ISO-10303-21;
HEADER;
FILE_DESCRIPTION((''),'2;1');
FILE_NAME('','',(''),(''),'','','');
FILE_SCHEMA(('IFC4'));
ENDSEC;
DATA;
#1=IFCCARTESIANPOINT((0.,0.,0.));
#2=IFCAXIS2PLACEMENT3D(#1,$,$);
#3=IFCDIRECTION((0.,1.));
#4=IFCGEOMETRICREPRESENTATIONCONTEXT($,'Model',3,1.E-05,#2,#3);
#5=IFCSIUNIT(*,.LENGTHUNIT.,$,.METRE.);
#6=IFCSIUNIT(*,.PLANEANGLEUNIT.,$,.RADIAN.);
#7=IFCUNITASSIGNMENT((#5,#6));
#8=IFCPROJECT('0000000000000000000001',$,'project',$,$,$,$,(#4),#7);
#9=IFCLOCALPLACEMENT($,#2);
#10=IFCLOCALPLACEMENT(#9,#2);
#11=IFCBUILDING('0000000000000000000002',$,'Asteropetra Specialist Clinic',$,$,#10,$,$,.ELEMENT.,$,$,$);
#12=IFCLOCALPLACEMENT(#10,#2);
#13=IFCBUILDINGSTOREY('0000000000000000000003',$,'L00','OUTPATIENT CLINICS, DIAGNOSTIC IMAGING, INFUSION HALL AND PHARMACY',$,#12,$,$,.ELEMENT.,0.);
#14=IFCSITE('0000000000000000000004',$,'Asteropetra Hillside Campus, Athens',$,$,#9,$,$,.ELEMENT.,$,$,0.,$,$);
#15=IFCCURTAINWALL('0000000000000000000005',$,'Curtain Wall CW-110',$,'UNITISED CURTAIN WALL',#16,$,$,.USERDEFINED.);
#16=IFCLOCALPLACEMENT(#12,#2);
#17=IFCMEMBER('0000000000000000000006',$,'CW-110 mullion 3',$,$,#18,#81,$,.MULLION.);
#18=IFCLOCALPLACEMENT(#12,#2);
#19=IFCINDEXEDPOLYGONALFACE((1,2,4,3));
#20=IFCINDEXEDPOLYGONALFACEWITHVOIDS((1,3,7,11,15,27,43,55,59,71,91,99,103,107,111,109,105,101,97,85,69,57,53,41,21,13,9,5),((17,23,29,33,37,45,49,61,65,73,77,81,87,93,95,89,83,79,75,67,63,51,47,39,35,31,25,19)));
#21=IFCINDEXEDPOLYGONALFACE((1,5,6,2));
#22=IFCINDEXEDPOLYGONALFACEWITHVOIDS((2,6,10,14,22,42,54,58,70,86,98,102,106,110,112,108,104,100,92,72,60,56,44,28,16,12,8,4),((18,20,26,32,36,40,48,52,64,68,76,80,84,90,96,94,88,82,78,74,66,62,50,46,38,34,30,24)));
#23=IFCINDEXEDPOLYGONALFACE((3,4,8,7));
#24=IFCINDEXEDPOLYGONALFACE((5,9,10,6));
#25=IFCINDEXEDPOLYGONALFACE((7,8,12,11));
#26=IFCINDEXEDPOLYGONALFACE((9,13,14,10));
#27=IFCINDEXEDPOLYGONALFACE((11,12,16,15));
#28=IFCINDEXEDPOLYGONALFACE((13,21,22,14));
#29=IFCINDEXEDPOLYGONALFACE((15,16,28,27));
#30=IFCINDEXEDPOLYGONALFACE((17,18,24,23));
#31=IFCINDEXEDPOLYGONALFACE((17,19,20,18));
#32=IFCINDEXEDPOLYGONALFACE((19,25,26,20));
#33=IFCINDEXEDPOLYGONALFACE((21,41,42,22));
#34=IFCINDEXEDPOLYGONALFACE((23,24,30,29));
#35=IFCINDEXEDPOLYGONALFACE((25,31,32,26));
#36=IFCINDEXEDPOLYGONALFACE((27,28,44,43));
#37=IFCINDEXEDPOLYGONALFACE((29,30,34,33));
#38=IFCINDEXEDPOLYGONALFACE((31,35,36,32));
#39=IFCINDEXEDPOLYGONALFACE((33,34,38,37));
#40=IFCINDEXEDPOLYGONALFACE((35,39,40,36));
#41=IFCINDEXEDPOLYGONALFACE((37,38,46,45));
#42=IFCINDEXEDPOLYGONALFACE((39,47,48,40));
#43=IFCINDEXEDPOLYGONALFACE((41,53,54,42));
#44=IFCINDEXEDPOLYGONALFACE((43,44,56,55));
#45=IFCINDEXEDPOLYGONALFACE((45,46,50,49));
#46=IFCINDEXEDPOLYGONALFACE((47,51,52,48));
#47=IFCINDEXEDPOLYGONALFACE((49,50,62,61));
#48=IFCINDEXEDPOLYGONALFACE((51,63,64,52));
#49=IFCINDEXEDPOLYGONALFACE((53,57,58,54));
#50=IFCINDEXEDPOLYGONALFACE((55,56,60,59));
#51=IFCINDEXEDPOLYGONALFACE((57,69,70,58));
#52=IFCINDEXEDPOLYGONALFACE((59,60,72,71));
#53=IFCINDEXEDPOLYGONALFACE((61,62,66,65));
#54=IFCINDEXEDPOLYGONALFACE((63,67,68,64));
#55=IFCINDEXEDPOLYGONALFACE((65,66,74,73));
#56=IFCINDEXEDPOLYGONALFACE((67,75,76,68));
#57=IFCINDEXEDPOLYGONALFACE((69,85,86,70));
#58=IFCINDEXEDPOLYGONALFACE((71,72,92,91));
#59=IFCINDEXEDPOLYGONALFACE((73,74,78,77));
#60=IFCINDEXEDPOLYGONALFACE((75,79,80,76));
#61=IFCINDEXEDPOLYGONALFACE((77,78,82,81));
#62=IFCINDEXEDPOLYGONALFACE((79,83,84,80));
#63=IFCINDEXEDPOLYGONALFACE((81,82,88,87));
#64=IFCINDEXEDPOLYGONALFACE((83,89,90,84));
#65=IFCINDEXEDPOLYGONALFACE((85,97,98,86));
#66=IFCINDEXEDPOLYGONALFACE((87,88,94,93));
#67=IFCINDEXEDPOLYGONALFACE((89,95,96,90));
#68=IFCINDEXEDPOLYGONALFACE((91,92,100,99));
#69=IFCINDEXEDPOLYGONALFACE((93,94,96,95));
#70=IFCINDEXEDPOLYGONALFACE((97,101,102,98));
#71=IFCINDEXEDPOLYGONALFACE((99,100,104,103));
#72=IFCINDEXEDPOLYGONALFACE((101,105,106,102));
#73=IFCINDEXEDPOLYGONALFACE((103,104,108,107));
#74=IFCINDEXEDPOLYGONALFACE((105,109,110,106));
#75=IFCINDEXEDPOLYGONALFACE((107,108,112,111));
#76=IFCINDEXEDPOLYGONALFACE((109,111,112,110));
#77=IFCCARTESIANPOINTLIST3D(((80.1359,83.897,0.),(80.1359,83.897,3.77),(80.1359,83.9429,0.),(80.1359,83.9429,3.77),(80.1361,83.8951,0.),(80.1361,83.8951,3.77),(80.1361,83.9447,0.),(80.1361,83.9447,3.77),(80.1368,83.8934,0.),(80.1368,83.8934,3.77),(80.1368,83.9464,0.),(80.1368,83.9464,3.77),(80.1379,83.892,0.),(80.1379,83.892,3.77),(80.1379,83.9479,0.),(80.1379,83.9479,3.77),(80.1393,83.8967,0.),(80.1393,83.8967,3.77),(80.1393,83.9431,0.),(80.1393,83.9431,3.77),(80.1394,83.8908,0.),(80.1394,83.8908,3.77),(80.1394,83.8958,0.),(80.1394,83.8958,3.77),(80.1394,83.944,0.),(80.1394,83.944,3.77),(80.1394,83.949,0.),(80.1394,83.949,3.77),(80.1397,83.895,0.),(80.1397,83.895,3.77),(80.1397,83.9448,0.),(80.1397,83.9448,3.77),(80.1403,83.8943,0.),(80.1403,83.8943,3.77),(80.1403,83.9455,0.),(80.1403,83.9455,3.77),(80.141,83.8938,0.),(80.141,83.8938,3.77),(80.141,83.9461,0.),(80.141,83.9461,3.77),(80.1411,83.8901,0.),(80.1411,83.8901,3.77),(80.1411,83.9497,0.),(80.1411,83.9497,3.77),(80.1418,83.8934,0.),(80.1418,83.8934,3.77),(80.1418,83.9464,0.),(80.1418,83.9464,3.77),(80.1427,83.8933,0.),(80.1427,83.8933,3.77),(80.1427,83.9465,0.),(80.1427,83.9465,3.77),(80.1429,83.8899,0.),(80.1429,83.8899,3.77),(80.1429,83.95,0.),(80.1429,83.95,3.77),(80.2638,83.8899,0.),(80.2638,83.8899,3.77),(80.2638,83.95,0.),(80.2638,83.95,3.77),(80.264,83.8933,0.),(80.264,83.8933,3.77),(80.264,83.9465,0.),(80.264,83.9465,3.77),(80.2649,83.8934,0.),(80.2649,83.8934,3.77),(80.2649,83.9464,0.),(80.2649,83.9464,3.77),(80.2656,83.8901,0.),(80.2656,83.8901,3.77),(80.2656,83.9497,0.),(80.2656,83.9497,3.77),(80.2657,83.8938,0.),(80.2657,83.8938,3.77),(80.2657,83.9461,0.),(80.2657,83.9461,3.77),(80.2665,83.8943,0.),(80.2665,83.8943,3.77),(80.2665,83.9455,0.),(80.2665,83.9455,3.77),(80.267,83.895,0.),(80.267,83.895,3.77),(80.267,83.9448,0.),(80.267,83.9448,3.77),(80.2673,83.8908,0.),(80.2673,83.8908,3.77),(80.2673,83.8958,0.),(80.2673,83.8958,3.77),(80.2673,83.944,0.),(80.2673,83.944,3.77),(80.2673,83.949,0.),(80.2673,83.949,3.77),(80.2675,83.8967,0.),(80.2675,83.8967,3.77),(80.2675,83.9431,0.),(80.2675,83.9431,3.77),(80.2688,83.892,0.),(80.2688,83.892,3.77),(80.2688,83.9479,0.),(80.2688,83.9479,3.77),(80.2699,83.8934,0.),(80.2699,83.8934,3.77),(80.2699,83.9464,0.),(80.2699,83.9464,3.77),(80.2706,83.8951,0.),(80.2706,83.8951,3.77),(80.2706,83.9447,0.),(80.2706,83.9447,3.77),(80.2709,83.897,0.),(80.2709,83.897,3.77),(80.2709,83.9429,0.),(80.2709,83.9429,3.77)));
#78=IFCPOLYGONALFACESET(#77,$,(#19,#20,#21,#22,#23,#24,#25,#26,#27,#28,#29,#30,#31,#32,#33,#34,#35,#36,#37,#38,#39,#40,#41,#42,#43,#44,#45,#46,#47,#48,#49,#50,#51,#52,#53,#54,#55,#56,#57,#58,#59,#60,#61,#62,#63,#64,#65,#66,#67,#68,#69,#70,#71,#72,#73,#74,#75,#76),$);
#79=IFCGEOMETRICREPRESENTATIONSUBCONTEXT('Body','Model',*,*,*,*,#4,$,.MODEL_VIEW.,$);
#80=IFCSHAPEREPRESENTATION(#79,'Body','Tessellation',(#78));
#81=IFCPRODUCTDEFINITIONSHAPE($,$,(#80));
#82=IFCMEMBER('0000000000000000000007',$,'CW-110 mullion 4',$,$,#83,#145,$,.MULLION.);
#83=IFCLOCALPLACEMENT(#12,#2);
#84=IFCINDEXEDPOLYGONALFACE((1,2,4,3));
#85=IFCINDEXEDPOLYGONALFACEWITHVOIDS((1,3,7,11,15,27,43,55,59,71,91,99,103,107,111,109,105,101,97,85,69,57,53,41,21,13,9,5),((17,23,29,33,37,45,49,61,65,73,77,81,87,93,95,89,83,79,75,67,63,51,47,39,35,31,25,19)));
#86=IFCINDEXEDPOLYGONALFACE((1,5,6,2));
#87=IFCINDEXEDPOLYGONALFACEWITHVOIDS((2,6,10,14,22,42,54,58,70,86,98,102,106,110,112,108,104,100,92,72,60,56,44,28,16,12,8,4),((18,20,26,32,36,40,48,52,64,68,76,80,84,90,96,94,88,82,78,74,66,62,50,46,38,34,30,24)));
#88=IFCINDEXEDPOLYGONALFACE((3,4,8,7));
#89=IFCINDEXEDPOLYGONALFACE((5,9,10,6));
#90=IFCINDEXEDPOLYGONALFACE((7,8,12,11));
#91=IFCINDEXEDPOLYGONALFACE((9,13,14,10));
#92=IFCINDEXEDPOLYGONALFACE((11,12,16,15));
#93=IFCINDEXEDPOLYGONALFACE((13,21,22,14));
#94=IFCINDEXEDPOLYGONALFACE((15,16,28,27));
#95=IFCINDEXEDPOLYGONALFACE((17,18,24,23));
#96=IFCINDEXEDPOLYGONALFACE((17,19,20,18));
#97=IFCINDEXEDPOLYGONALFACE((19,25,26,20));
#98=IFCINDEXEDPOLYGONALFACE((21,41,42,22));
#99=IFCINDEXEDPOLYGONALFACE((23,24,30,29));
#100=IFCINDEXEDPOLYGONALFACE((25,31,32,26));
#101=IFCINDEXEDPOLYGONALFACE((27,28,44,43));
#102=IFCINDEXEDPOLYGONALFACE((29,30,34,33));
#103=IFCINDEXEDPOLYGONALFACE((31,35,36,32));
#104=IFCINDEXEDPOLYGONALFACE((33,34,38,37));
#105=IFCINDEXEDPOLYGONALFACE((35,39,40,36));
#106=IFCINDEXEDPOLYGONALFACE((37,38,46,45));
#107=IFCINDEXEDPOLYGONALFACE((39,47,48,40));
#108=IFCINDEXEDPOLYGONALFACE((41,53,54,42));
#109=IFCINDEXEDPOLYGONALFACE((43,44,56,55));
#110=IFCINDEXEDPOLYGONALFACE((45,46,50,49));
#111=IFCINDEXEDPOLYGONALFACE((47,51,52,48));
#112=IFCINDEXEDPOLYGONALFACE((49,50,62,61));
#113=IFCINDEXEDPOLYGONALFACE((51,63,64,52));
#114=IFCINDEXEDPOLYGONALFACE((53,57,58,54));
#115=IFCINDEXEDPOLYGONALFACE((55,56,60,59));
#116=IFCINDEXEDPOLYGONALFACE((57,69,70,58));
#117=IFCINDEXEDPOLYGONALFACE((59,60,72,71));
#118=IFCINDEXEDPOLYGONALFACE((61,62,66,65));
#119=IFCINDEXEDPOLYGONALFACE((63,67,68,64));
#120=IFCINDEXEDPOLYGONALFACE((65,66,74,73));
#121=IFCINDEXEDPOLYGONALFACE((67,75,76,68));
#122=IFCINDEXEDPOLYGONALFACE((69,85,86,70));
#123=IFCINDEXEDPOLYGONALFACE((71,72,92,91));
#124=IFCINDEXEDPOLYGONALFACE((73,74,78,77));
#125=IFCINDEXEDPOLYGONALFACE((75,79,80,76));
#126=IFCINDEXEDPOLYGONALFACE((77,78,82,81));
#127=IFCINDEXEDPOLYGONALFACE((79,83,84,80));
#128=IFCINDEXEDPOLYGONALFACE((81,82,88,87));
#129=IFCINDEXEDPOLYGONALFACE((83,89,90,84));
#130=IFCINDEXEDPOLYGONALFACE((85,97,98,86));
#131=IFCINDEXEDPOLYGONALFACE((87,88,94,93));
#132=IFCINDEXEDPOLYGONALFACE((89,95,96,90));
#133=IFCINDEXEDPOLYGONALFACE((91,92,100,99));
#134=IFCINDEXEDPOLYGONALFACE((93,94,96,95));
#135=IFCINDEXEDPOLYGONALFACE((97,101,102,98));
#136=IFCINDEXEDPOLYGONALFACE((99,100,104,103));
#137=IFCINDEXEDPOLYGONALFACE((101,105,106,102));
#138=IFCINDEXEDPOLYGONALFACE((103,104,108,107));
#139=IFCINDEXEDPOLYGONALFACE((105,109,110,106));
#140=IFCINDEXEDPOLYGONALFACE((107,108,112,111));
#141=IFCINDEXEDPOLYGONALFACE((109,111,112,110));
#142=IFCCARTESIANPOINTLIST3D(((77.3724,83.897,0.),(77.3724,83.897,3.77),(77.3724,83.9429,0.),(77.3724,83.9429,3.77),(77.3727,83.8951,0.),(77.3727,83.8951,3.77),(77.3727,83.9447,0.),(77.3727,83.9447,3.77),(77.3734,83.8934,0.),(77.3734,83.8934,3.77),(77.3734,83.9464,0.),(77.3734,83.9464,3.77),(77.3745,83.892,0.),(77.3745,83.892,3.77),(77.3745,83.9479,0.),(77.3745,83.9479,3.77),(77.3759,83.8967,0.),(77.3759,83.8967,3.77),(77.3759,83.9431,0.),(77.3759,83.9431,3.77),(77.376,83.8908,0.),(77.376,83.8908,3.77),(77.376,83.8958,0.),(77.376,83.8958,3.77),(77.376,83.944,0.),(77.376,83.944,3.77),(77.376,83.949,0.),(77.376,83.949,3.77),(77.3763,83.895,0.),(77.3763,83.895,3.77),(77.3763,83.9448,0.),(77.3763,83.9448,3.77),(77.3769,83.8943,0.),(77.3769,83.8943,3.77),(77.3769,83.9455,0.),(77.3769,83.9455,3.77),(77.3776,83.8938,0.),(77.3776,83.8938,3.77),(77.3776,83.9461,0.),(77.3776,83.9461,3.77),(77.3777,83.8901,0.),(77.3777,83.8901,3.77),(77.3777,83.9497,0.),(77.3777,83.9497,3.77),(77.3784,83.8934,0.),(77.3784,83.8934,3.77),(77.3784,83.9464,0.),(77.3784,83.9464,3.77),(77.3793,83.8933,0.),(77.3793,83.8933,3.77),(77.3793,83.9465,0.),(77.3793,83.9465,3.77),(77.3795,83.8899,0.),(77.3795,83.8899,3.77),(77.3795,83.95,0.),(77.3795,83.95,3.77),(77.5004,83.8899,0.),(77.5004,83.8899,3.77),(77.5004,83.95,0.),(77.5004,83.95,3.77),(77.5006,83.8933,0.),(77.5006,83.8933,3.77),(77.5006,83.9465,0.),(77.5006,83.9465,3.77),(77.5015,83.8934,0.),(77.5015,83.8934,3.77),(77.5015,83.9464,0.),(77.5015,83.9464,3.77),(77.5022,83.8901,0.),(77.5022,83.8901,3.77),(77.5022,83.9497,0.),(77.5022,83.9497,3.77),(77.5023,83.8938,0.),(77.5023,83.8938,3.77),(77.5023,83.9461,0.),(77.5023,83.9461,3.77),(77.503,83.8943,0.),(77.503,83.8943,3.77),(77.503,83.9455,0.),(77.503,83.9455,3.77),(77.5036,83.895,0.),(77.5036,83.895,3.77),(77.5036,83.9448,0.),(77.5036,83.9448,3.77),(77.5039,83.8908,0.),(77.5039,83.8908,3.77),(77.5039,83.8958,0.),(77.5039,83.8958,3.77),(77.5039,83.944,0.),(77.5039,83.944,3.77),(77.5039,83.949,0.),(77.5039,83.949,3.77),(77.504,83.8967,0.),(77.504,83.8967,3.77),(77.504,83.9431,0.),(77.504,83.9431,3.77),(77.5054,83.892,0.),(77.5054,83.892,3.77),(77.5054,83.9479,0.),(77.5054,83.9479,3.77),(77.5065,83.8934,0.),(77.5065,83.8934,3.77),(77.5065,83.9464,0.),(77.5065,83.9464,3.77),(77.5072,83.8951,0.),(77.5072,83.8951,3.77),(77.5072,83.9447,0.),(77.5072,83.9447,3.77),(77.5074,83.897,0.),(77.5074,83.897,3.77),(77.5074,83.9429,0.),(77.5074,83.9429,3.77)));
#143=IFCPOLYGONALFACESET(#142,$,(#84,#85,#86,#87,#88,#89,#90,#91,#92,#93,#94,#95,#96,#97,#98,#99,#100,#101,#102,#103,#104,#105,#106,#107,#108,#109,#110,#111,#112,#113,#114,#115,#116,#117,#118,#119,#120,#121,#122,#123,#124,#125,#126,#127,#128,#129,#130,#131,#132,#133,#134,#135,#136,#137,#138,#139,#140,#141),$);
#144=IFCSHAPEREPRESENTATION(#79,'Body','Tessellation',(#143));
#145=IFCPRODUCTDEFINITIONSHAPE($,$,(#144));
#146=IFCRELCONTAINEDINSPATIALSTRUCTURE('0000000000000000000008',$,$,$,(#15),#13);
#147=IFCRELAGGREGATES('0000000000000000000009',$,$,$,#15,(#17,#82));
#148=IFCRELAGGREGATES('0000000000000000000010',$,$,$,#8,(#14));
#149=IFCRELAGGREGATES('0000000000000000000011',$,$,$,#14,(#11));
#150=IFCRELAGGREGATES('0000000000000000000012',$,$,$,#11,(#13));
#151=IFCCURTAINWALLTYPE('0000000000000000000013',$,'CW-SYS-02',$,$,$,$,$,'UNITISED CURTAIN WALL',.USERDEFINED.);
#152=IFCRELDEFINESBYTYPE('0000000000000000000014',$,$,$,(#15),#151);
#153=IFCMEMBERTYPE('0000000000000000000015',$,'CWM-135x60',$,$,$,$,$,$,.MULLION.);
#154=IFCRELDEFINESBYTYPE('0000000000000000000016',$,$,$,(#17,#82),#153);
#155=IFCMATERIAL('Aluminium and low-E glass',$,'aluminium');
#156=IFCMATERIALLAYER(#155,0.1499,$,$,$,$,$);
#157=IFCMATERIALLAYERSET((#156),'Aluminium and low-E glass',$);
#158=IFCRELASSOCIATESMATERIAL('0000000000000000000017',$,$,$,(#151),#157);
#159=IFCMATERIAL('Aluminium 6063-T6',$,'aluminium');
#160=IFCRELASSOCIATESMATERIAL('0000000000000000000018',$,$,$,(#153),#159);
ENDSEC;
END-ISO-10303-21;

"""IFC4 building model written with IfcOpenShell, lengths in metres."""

from ifc_helpers import new_model, si_unit, direction, frame, origin, origin_2d, place, context, subcontext, project, spatial, hollow_rectangle, extrude, material, layer, layer_set, material_profile, profile_set, type_object, element, aggregate, save


model = new_model("IFC4")

# Units and contexts
model_context = context("Model", 3, precision=1e-05, world=origin(), true_north=direction((0.0, 1.0)))
body_context = subcontext(model_context, "Body", "Model", "MODEL_VIEW")
ifc_project = project(units=[si_unit("LENGTHUNIT", "METRE"), si_unit("PLANEANGLEUNIT", "RADIAN")], contexts=[model_context])

# Site, building, storey
site_placement = place(None, origin())
site = spatial("IfcSite", under=ifc_project, at=site_placement, Name="Asteropetra Hillside Campus, Athens", CompositionType="ELEMENT", RefElevation=0.0)
building_placement = place(site_placement, origin())
building = spatial("IfcBuilding", under=site, at=building_placement, Name="Asteropetra Specialist Clinic", CompositionType="ELEMENT")
storey_placement = place(building_placement, origin())
storey = spatial("IfcBuildingStorey", under=building, at=storey_placement, Name="L00", Description="OUTPATIENT CLINICS, DIAGNOSTIC IMAGING, INFUSION HALL AND PHARMACY", CompositionType="ELEMENT", Elevation=0.0)

# Curtain wall, members
ifc_material_1 = material(Name="Aluminium and low-E glass", Category="aluminium")
ifc_layer_1 = layer(ifc_material_1, 0.1499)
ifc_layer_set_1 = layer_set([ifc_layer_1], Name="Aluminium and low-E glass")
curtain_wall_type_1 = type_object("IfcCurtainWallType", Name="CW-SYS-02", ElementType="UNITISED CURTAIN WALL", PredefinedType="USERDEFINED", material=ifc_layer_set_1)
curtain_wall_1_placement = place(storey_placement, origin())
curtain_wall_1 = element("IfcCurtainWall", 1, at=curtain_wall_1_placement, inside=storey, type_object=curtain_wall_type_1, Name="Curtain Wall CW-110", ObjectType="UNITISED CURTAIN WALL", PredefinedType="USERDEFINED")
ifc_material_2 = material(Name="Aluminium 6063-T6", Category="aluminium")
ifc_material_profile_1 = material_profile(ifc_material_2, hollow_rectangle(XDim=0.0601, YDim=0.135, WallThickness=0.0034, InnerFilletRadius=0.0034, OuterFilletRadius=0.0071, at=origin_2d()), Name="MUL 135x60x3.5")
ifc_profile_set_1 = profile_set([ifc_material_profile_1], Name="Aluminium 6063-T6")
member_type_1 = type_object("IfcMemberType", Name="CWM-135x60", PredefinedType="MULLION", material=ifc_profile_set_1)
member_1_placement = place(storey_placement, frame((80.2034, 83.9199, 0.0), z_axis=(0.0, 0.0, 1.0), x_axis=(0.0, -1.0, 0.0)))
member_1 = element("IfcMember", 2, at=member_1_placement, type_object=member_type_1, Name="CW-110 mullion 3", PredefinedType="MULLION", context=body_context, shape_type="SweptSolid", body=[
    extrude(hollow_rectangle(XDim=0.0601, YDim=0.135, WallThickness=0.0034, InnerFilletRadius=0.0034, OuterFilletRadius=0.0071, at=origin_2d()), origin(), (0.0, 0.0, 1.0), 3.77),
])
member_2_placement = place(storey_placement, frame((77.4399, 83.9199, 0.0), z_axis=(0.0, 0.0, 1.0), x_axis=(0.0, -1.0, 0.0)))
member_2 = element("IfcMember", 3, at=member_2_placement, type_object=member_type_1, Name="CW-110 mullion 4", PredefinedType="MULLION", context=body_context, shape_type="SweptSolid", body=[
    extrude(hollow_rectangle(XDim=0.0601, YDim=0.135, WallThickness=0.0034, InnerFilletRadius=0.0034, OuterFilletRadius=0.0071, at=origin_2d()), origin(), (0.0, 0.0, 1.0), 3.77),
])

aggregate(curtain_wall_1, [member_1, member_2])

save(model, "model.ifc")
